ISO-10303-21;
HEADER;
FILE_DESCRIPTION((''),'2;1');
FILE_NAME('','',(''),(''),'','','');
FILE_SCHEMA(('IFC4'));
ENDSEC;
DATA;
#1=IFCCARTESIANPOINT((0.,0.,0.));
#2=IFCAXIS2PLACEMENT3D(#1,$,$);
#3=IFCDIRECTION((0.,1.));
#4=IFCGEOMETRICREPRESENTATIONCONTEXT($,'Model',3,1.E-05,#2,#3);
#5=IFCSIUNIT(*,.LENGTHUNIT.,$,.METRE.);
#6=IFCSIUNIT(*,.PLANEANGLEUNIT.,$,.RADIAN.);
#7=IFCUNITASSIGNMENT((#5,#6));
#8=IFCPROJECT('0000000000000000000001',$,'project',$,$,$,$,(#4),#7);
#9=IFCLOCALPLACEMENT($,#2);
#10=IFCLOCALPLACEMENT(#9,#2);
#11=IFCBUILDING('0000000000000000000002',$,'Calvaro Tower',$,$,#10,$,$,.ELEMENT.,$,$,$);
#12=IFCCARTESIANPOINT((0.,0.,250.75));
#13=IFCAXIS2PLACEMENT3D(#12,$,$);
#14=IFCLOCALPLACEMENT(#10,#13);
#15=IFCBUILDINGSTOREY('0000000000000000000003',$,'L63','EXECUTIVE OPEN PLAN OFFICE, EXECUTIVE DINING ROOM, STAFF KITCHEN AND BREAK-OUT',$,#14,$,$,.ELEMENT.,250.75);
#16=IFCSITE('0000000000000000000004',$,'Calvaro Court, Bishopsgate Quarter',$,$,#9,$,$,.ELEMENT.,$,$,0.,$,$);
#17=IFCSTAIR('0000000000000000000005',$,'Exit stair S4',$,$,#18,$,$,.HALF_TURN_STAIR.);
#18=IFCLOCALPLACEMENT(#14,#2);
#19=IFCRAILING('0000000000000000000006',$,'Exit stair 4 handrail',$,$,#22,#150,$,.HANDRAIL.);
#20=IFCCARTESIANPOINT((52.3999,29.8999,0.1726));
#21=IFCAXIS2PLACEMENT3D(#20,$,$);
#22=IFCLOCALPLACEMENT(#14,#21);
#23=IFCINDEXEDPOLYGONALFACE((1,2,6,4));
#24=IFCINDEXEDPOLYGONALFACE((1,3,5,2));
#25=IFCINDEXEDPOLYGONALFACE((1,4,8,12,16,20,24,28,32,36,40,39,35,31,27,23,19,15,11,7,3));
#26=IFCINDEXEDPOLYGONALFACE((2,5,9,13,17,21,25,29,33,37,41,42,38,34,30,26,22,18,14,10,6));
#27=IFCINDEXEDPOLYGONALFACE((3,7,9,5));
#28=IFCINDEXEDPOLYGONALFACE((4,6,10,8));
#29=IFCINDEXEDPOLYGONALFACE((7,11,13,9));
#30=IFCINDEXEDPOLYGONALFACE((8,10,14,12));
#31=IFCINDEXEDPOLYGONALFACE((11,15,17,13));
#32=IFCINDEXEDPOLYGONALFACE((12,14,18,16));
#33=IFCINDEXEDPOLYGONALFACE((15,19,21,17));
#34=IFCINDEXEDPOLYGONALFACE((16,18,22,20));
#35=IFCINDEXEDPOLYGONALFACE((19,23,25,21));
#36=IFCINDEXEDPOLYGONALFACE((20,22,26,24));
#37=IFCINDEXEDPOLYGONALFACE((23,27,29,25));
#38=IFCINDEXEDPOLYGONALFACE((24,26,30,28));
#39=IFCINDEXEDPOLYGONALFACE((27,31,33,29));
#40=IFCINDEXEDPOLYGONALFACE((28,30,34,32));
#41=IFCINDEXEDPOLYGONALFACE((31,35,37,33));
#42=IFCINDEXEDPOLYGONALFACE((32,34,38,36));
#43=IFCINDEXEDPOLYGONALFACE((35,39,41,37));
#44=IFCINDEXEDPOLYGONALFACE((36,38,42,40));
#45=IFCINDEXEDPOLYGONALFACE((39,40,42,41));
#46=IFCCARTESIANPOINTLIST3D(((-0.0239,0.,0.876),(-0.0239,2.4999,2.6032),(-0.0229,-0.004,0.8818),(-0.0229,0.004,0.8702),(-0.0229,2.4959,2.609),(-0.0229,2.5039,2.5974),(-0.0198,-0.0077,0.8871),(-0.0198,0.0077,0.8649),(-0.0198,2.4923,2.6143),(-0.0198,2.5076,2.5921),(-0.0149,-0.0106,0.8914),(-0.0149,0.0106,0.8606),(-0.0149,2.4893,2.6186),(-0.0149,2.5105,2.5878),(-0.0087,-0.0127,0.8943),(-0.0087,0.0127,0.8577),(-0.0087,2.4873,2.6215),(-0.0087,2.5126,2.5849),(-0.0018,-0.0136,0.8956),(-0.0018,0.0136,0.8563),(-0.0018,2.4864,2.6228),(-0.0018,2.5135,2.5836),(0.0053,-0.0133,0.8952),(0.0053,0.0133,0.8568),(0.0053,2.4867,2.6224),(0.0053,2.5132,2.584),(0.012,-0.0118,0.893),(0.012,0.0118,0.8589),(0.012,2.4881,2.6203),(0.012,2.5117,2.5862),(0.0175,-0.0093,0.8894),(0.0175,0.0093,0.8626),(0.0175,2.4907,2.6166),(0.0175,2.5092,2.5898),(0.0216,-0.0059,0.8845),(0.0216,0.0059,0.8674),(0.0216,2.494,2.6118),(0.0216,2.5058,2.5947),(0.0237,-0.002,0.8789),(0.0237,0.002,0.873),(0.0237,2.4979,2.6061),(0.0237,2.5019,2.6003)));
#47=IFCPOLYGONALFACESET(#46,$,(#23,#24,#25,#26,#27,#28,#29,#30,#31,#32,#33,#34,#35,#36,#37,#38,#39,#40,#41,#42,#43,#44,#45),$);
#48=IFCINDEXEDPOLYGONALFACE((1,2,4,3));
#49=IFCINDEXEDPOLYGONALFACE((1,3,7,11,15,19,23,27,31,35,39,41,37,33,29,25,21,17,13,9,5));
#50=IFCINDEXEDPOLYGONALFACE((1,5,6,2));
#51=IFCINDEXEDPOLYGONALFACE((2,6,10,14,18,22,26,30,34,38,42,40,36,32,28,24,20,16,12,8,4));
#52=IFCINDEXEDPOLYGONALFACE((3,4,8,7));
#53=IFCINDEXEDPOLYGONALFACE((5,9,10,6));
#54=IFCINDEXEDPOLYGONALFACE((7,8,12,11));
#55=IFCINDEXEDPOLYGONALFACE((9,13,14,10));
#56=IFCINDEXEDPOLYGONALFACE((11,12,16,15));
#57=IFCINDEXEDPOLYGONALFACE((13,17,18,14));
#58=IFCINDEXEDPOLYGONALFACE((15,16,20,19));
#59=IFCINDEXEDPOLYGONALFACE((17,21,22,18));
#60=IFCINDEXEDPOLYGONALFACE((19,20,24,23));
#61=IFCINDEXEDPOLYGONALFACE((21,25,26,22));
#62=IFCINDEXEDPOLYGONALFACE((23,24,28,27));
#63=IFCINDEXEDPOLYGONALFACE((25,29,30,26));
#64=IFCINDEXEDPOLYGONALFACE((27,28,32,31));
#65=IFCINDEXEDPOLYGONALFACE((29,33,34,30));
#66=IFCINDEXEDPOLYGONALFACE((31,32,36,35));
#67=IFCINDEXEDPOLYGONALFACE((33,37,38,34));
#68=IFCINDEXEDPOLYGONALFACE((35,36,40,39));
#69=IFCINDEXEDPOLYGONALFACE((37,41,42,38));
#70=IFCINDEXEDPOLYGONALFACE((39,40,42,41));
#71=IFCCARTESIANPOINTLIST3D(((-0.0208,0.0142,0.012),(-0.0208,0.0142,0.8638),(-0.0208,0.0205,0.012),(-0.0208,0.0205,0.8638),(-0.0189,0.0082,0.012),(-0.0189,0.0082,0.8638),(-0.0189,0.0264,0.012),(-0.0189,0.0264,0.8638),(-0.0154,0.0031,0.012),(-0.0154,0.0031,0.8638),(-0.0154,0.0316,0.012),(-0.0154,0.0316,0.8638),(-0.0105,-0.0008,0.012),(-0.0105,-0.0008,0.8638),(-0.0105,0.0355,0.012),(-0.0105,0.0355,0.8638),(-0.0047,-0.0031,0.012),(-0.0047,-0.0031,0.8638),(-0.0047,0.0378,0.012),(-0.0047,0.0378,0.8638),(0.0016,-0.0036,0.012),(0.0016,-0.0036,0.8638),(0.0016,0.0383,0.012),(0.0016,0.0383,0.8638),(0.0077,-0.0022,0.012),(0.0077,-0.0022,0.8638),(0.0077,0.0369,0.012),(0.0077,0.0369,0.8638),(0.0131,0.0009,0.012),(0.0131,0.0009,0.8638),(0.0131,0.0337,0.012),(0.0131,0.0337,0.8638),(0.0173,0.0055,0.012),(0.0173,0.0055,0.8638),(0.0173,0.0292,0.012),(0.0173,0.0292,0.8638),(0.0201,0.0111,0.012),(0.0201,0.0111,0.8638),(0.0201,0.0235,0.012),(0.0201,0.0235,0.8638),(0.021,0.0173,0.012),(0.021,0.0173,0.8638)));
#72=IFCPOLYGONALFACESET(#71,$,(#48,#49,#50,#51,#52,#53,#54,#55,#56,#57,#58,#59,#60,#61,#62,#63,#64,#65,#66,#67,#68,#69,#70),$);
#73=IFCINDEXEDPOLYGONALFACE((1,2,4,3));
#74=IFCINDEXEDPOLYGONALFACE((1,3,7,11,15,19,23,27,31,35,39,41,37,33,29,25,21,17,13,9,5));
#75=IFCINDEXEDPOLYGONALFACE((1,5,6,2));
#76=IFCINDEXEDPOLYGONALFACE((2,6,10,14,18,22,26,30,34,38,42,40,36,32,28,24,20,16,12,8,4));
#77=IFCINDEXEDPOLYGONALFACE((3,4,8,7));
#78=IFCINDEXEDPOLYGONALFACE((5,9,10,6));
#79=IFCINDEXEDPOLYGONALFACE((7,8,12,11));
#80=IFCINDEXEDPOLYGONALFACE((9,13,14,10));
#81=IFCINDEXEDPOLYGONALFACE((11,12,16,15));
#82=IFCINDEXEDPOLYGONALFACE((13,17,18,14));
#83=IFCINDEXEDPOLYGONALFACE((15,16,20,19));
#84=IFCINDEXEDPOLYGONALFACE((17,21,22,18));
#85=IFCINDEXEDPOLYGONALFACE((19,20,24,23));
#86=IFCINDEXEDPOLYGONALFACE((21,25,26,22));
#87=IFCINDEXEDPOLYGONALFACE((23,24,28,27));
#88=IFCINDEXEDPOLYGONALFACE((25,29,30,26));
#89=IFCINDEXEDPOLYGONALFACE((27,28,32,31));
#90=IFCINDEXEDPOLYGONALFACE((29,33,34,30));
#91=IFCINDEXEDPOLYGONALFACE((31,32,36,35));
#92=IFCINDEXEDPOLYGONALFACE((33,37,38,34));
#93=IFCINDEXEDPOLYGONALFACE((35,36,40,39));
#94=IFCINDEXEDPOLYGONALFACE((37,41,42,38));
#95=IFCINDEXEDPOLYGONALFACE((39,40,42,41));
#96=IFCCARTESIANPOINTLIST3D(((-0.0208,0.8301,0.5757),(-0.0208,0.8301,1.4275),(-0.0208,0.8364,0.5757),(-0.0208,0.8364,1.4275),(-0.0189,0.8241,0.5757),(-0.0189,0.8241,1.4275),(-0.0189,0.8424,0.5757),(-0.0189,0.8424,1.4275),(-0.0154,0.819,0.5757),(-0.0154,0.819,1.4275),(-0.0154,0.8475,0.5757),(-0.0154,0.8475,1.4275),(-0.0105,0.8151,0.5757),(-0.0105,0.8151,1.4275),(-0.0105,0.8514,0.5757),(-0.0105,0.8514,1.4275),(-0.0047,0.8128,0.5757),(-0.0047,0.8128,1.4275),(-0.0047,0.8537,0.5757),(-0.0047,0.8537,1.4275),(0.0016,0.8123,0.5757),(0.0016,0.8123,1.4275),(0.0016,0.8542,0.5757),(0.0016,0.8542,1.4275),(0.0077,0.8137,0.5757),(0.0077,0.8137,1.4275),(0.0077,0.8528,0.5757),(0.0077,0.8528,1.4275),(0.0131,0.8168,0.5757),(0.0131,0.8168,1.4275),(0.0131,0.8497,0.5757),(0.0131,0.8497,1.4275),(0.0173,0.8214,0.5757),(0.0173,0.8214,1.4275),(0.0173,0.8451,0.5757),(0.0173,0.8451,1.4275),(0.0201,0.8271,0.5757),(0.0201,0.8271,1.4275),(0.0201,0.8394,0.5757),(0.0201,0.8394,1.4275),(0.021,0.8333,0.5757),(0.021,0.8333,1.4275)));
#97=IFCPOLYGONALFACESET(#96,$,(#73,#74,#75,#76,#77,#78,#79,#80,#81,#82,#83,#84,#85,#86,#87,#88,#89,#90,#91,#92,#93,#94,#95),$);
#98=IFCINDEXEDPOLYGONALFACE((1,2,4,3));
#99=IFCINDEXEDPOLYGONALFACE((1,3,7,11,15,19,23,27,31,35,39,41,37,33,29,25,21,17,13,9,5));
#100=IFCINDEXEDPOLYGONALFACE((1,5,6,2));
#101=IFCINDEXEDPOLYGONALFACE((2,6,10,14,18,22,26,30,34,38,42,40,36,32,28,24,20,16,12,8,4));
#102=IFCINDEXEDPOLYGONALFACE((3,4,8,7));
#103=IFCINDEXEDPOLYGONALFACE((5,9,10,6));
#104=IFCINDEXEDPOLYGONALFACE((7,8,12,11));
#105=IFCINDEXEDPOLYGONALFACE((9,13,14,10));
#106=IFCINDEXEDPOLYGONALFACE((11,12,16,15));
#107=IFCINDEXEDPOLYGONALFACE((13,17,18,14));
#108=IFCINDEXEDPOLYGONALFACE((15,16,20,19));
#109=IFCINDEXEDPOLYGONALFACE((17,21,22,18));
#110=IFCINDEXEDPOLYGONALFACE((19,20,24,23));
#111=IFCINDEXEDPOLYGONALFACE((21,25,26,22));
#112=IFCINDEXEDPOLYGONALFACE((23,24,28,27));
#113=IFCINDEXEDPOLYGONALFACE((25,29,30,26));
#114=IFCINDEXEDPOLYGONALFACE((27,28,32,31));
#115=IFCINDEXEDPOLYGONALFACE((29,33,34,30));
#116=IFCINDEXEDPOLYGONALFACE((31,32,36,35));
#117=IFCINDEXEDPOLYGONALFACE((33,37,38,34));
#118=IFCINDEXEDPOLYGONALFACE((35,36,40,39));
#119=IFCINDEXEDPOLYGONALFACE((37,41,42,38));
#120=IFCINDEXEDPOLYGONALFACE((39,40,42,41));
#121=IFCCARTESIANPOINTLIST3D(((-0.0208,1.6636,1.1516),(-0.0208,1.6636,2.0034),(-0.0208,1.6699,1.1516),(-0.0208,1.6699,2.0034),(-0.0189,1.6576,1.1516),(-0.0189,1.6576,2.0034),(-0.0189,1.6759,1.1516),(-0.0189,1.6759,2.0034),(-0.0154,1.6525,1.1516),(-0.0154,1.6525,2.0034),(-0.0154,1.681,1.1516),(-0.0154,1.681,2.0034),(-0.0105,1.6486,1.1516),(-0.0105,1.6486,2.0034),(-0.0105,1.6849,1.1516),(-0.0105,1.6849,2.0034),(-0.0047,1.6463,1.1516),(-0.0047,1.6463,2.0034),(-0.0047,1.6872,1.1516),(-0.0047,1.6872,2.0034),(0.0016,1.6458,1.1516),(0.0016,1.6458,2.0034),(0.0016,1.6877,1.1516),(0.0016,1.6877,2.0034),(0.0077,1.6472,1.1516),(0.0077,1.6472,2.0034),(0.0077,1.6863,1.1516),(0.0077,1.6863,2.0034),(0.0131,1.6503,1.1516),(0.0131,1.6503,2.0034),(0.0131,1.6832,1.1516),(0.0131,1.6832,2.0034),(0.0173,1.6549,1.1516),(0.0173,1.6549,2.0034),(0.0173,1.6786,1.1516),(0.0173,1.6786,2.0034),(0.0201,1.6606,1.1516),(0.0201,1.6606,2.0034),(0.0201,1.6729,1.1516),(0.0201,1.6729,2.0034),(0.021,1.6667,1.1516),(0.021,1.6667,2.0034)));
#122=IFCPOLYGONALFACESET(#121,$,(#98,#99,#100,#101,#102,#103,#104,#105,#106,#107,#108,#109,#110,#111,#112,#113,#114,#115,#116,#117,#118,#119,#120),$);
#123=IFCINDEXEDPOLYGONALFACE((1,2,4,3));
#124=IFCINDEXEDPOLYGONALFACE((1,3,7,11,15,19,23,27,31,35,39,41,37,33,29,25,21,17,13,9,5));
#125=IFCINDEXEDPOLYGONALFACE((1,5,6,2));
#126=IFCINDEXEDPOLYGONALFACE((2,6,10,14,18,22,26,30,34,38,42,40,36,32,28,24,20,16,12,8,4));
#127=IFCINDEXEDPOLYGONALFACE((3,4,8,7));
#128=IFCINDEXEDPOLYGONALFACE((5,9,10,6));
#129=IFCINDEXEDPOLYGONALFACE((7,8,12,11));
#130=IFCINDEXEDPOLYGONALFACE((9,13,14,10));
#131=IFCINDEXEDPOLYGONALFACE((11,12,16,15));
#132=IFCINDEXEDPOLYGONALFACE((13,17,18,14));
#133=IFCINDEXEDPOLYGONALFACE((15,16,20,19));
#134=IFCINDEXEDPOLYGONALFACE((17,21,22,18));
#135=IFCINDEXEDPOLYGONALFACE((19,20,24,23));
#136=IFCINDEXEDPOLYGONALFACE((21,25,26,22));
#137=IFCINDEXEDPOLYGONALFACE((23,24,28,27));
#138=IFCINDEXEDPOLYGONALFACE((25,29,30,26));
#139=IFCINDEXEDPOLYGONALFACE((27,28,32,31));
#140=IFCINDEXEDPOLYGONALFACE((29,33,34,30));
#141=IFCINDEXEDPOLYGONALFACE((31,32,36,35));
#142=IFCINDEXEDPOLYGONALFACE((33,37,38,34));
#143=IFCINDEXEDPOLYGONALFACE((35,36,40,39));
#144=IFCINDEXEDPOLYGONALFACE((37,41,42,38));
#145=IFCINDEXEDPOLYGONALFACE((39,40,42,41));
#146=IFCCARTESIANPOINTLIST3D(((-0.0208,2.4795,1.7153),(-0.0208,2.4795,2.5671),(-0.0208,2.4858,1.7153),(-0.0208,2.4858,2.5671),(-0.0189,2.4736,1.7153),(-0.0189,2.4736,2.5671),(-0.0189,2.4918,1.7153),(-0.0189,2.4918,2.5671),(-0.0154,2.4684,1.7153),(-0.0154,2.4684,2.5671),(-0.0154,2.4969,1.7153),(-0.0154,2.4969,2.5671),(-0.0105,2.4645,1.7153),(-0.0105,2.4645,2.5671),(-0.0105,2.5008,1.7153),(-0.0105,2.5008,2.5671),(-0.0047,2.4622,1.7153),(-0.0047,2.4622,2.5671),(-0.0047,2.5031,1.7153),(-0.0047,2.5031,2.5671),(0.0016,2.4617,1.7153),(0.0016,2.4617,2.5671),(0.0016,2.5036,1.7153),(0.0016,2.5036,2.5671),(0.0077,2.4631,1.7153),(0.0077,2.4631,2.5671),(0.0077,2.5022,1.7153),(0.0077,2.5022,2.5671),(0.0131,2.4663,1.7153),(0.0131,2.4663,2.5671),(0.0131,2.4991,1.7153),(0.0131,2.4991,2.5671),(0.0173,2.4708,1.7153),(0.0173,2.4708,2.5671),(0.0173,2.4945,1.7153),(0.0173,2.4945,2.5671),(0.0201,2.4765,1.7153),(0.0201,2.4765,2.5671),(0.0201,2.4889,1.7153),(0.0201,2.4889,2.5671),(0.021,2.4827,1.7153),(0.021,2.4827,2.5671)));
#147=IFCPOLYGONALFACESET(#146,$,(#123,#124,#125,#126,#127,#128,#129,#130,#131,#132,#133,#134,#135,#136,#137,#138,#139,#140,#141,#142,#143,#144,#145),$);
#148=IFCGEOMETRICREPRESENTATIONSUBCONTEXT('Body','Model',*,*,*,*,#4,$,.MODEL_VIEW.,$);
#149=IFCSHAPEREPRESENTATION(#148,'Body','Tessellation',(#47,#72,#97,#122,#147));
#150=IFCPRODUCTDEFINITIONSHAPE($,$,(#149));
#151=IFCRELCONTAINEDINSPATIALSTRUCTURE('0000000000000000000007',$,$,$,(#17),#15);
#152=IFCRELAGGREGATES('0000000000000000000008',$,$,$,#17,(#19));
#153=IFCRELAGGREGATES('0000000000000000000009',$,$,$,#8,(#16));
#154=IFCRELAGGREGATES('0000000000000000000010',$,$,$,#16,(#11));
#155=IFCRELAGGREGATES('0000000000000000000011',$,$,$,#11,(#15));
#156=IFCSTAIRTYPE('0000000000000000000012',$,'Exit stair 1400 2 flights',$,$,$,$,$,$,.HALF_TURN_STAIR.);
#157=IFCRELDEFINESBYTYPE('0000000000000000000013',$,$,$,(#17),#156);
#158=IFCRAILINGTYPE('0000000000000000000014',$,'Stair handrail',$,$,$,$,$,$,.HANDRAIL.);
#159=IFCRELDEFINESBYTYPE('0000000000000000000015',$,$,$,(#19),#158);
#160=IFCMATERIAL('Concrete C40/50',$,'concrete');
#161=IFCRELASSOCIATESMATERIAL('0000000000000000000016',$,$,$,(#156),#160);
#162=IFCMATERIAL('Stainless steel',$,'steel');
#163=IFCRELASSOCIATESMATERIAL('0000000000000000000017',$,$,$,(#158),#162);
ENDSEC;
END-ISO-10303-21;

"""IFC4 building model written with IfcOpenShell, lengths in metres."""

from ifc_helpers import new_model, si_unit, direction, frame, origin, origin_2d, place, context, subcontext, project, spatial, circle, extrude, material, type_object, element, aggregate, save


model = new_model("IFC4")

# Units and contexts
model_context = context("Model", 3, precision=1e-05, world=origin(), true_north=direction((0.0, 1.0)))
body_context = subcontext(model_context, "Body", "Model", "MODEL_VIEW")
ifc_project = project(units=[si_unit("LENGTHUNIT", "METRE"), si_unit("PLANEANGLEUNIT", "RADIAN")], contexts=[model_context])

# Site, building, storey
site_placement = place(None, origin())
site = spatial("IfcSite", under=ifc_project, at=site_placement, Name="Calvaro Court, Bishopsgate Quarter", CompositionType="ELEMENT", RefElevation=0.0)
building_placement = place(site_placement, origin())
building = spatial("IfcBuilding", under=site, at=building_placement, Name="Calvaro Tower", CompositionType="ELEMENT")
storey_placement = place(building_placement, frame((0.0, 0.0, 250.75)))
storey = spatial("IfcBuildingStorey", under=building, at=storey_placement, Name="L63", Description="EXECUTIVE OPEN PLAN OFFICE, EXECUTIVE DINING ROOM, STAFF KITCHEN AND BREAK-OUT", CompositionType="ELEMENT", Elevation=250.75)

# Stair
ifc_material_1 = material(Name="Concrete C40/50", Category="concrete")
stair_type = type_object("IfcStairType", Name="Exit stair 1400 2 flights", PredefinedType="HALF_TURN_STAIR", material=ifc_material_1)
stair_1_placement = place(storey_placement, origin())
stair_1 = element("IfcStair", 1, at=stair_1_placement, inside=storey, type_object=stair_type, Name="Exit stair S4", PredefinedType="HALF_TURN_STAIR")

# Railing
ifc_material_2 = material(Name="Stainless steel", Category="steel")
railing_type = type_object("IfcRailingType", Name="Stair handrail", PredefinedType="HANDRAIL", material=ifc_material_2)
railing_1_placement = place(storey_placement, frame((52.3999, 29.8999, 0.1726)))
railing_1 = element("IfcRailing", 2, at=railing_1_placement, type_object=railing_type, Name="Exit stair 4 handrail", PredefinedType="HANDRAIL", context=body_context, shape_type="SweptSolid", body=[
    extrude(circle(Radius=0.0239, at=origin_2d()), frame((0.0, 0.0, 0.876), z_axis=(0.0, 0.822727, 0.568437), x_axis=(-1.0, 0.0, 0.0)), (0.0, 0.0, 1.0), 3.0386),
    extrude(circle(Radius=0.021, at=origin_2d()), frame((0.0, 0.0173, 0.012)), (0.0, 0.0, 1.0), 0.8518),
    extrude(circle(Radius=0.021, at=origin_2d()), frame((0.0, 0.8333, 0.5757)), (0.0, 0.0, 1.0), 0.8518),
    extrude(circle(Radius=0.021, at=origin_2d()), frame((0.0, 1.6667, 1.1516)), (0.0, 0.0, 1.0), 0.8518),
    extrude(circle(Radius=0.021, at=origin_2d()), frame((0.0, 2.4827, 1.7153)), (0.0, 0.0, 1.0), 0.8518),
])
aggregate(stair_1, [railing_1])

save(model, "model.ifc")
